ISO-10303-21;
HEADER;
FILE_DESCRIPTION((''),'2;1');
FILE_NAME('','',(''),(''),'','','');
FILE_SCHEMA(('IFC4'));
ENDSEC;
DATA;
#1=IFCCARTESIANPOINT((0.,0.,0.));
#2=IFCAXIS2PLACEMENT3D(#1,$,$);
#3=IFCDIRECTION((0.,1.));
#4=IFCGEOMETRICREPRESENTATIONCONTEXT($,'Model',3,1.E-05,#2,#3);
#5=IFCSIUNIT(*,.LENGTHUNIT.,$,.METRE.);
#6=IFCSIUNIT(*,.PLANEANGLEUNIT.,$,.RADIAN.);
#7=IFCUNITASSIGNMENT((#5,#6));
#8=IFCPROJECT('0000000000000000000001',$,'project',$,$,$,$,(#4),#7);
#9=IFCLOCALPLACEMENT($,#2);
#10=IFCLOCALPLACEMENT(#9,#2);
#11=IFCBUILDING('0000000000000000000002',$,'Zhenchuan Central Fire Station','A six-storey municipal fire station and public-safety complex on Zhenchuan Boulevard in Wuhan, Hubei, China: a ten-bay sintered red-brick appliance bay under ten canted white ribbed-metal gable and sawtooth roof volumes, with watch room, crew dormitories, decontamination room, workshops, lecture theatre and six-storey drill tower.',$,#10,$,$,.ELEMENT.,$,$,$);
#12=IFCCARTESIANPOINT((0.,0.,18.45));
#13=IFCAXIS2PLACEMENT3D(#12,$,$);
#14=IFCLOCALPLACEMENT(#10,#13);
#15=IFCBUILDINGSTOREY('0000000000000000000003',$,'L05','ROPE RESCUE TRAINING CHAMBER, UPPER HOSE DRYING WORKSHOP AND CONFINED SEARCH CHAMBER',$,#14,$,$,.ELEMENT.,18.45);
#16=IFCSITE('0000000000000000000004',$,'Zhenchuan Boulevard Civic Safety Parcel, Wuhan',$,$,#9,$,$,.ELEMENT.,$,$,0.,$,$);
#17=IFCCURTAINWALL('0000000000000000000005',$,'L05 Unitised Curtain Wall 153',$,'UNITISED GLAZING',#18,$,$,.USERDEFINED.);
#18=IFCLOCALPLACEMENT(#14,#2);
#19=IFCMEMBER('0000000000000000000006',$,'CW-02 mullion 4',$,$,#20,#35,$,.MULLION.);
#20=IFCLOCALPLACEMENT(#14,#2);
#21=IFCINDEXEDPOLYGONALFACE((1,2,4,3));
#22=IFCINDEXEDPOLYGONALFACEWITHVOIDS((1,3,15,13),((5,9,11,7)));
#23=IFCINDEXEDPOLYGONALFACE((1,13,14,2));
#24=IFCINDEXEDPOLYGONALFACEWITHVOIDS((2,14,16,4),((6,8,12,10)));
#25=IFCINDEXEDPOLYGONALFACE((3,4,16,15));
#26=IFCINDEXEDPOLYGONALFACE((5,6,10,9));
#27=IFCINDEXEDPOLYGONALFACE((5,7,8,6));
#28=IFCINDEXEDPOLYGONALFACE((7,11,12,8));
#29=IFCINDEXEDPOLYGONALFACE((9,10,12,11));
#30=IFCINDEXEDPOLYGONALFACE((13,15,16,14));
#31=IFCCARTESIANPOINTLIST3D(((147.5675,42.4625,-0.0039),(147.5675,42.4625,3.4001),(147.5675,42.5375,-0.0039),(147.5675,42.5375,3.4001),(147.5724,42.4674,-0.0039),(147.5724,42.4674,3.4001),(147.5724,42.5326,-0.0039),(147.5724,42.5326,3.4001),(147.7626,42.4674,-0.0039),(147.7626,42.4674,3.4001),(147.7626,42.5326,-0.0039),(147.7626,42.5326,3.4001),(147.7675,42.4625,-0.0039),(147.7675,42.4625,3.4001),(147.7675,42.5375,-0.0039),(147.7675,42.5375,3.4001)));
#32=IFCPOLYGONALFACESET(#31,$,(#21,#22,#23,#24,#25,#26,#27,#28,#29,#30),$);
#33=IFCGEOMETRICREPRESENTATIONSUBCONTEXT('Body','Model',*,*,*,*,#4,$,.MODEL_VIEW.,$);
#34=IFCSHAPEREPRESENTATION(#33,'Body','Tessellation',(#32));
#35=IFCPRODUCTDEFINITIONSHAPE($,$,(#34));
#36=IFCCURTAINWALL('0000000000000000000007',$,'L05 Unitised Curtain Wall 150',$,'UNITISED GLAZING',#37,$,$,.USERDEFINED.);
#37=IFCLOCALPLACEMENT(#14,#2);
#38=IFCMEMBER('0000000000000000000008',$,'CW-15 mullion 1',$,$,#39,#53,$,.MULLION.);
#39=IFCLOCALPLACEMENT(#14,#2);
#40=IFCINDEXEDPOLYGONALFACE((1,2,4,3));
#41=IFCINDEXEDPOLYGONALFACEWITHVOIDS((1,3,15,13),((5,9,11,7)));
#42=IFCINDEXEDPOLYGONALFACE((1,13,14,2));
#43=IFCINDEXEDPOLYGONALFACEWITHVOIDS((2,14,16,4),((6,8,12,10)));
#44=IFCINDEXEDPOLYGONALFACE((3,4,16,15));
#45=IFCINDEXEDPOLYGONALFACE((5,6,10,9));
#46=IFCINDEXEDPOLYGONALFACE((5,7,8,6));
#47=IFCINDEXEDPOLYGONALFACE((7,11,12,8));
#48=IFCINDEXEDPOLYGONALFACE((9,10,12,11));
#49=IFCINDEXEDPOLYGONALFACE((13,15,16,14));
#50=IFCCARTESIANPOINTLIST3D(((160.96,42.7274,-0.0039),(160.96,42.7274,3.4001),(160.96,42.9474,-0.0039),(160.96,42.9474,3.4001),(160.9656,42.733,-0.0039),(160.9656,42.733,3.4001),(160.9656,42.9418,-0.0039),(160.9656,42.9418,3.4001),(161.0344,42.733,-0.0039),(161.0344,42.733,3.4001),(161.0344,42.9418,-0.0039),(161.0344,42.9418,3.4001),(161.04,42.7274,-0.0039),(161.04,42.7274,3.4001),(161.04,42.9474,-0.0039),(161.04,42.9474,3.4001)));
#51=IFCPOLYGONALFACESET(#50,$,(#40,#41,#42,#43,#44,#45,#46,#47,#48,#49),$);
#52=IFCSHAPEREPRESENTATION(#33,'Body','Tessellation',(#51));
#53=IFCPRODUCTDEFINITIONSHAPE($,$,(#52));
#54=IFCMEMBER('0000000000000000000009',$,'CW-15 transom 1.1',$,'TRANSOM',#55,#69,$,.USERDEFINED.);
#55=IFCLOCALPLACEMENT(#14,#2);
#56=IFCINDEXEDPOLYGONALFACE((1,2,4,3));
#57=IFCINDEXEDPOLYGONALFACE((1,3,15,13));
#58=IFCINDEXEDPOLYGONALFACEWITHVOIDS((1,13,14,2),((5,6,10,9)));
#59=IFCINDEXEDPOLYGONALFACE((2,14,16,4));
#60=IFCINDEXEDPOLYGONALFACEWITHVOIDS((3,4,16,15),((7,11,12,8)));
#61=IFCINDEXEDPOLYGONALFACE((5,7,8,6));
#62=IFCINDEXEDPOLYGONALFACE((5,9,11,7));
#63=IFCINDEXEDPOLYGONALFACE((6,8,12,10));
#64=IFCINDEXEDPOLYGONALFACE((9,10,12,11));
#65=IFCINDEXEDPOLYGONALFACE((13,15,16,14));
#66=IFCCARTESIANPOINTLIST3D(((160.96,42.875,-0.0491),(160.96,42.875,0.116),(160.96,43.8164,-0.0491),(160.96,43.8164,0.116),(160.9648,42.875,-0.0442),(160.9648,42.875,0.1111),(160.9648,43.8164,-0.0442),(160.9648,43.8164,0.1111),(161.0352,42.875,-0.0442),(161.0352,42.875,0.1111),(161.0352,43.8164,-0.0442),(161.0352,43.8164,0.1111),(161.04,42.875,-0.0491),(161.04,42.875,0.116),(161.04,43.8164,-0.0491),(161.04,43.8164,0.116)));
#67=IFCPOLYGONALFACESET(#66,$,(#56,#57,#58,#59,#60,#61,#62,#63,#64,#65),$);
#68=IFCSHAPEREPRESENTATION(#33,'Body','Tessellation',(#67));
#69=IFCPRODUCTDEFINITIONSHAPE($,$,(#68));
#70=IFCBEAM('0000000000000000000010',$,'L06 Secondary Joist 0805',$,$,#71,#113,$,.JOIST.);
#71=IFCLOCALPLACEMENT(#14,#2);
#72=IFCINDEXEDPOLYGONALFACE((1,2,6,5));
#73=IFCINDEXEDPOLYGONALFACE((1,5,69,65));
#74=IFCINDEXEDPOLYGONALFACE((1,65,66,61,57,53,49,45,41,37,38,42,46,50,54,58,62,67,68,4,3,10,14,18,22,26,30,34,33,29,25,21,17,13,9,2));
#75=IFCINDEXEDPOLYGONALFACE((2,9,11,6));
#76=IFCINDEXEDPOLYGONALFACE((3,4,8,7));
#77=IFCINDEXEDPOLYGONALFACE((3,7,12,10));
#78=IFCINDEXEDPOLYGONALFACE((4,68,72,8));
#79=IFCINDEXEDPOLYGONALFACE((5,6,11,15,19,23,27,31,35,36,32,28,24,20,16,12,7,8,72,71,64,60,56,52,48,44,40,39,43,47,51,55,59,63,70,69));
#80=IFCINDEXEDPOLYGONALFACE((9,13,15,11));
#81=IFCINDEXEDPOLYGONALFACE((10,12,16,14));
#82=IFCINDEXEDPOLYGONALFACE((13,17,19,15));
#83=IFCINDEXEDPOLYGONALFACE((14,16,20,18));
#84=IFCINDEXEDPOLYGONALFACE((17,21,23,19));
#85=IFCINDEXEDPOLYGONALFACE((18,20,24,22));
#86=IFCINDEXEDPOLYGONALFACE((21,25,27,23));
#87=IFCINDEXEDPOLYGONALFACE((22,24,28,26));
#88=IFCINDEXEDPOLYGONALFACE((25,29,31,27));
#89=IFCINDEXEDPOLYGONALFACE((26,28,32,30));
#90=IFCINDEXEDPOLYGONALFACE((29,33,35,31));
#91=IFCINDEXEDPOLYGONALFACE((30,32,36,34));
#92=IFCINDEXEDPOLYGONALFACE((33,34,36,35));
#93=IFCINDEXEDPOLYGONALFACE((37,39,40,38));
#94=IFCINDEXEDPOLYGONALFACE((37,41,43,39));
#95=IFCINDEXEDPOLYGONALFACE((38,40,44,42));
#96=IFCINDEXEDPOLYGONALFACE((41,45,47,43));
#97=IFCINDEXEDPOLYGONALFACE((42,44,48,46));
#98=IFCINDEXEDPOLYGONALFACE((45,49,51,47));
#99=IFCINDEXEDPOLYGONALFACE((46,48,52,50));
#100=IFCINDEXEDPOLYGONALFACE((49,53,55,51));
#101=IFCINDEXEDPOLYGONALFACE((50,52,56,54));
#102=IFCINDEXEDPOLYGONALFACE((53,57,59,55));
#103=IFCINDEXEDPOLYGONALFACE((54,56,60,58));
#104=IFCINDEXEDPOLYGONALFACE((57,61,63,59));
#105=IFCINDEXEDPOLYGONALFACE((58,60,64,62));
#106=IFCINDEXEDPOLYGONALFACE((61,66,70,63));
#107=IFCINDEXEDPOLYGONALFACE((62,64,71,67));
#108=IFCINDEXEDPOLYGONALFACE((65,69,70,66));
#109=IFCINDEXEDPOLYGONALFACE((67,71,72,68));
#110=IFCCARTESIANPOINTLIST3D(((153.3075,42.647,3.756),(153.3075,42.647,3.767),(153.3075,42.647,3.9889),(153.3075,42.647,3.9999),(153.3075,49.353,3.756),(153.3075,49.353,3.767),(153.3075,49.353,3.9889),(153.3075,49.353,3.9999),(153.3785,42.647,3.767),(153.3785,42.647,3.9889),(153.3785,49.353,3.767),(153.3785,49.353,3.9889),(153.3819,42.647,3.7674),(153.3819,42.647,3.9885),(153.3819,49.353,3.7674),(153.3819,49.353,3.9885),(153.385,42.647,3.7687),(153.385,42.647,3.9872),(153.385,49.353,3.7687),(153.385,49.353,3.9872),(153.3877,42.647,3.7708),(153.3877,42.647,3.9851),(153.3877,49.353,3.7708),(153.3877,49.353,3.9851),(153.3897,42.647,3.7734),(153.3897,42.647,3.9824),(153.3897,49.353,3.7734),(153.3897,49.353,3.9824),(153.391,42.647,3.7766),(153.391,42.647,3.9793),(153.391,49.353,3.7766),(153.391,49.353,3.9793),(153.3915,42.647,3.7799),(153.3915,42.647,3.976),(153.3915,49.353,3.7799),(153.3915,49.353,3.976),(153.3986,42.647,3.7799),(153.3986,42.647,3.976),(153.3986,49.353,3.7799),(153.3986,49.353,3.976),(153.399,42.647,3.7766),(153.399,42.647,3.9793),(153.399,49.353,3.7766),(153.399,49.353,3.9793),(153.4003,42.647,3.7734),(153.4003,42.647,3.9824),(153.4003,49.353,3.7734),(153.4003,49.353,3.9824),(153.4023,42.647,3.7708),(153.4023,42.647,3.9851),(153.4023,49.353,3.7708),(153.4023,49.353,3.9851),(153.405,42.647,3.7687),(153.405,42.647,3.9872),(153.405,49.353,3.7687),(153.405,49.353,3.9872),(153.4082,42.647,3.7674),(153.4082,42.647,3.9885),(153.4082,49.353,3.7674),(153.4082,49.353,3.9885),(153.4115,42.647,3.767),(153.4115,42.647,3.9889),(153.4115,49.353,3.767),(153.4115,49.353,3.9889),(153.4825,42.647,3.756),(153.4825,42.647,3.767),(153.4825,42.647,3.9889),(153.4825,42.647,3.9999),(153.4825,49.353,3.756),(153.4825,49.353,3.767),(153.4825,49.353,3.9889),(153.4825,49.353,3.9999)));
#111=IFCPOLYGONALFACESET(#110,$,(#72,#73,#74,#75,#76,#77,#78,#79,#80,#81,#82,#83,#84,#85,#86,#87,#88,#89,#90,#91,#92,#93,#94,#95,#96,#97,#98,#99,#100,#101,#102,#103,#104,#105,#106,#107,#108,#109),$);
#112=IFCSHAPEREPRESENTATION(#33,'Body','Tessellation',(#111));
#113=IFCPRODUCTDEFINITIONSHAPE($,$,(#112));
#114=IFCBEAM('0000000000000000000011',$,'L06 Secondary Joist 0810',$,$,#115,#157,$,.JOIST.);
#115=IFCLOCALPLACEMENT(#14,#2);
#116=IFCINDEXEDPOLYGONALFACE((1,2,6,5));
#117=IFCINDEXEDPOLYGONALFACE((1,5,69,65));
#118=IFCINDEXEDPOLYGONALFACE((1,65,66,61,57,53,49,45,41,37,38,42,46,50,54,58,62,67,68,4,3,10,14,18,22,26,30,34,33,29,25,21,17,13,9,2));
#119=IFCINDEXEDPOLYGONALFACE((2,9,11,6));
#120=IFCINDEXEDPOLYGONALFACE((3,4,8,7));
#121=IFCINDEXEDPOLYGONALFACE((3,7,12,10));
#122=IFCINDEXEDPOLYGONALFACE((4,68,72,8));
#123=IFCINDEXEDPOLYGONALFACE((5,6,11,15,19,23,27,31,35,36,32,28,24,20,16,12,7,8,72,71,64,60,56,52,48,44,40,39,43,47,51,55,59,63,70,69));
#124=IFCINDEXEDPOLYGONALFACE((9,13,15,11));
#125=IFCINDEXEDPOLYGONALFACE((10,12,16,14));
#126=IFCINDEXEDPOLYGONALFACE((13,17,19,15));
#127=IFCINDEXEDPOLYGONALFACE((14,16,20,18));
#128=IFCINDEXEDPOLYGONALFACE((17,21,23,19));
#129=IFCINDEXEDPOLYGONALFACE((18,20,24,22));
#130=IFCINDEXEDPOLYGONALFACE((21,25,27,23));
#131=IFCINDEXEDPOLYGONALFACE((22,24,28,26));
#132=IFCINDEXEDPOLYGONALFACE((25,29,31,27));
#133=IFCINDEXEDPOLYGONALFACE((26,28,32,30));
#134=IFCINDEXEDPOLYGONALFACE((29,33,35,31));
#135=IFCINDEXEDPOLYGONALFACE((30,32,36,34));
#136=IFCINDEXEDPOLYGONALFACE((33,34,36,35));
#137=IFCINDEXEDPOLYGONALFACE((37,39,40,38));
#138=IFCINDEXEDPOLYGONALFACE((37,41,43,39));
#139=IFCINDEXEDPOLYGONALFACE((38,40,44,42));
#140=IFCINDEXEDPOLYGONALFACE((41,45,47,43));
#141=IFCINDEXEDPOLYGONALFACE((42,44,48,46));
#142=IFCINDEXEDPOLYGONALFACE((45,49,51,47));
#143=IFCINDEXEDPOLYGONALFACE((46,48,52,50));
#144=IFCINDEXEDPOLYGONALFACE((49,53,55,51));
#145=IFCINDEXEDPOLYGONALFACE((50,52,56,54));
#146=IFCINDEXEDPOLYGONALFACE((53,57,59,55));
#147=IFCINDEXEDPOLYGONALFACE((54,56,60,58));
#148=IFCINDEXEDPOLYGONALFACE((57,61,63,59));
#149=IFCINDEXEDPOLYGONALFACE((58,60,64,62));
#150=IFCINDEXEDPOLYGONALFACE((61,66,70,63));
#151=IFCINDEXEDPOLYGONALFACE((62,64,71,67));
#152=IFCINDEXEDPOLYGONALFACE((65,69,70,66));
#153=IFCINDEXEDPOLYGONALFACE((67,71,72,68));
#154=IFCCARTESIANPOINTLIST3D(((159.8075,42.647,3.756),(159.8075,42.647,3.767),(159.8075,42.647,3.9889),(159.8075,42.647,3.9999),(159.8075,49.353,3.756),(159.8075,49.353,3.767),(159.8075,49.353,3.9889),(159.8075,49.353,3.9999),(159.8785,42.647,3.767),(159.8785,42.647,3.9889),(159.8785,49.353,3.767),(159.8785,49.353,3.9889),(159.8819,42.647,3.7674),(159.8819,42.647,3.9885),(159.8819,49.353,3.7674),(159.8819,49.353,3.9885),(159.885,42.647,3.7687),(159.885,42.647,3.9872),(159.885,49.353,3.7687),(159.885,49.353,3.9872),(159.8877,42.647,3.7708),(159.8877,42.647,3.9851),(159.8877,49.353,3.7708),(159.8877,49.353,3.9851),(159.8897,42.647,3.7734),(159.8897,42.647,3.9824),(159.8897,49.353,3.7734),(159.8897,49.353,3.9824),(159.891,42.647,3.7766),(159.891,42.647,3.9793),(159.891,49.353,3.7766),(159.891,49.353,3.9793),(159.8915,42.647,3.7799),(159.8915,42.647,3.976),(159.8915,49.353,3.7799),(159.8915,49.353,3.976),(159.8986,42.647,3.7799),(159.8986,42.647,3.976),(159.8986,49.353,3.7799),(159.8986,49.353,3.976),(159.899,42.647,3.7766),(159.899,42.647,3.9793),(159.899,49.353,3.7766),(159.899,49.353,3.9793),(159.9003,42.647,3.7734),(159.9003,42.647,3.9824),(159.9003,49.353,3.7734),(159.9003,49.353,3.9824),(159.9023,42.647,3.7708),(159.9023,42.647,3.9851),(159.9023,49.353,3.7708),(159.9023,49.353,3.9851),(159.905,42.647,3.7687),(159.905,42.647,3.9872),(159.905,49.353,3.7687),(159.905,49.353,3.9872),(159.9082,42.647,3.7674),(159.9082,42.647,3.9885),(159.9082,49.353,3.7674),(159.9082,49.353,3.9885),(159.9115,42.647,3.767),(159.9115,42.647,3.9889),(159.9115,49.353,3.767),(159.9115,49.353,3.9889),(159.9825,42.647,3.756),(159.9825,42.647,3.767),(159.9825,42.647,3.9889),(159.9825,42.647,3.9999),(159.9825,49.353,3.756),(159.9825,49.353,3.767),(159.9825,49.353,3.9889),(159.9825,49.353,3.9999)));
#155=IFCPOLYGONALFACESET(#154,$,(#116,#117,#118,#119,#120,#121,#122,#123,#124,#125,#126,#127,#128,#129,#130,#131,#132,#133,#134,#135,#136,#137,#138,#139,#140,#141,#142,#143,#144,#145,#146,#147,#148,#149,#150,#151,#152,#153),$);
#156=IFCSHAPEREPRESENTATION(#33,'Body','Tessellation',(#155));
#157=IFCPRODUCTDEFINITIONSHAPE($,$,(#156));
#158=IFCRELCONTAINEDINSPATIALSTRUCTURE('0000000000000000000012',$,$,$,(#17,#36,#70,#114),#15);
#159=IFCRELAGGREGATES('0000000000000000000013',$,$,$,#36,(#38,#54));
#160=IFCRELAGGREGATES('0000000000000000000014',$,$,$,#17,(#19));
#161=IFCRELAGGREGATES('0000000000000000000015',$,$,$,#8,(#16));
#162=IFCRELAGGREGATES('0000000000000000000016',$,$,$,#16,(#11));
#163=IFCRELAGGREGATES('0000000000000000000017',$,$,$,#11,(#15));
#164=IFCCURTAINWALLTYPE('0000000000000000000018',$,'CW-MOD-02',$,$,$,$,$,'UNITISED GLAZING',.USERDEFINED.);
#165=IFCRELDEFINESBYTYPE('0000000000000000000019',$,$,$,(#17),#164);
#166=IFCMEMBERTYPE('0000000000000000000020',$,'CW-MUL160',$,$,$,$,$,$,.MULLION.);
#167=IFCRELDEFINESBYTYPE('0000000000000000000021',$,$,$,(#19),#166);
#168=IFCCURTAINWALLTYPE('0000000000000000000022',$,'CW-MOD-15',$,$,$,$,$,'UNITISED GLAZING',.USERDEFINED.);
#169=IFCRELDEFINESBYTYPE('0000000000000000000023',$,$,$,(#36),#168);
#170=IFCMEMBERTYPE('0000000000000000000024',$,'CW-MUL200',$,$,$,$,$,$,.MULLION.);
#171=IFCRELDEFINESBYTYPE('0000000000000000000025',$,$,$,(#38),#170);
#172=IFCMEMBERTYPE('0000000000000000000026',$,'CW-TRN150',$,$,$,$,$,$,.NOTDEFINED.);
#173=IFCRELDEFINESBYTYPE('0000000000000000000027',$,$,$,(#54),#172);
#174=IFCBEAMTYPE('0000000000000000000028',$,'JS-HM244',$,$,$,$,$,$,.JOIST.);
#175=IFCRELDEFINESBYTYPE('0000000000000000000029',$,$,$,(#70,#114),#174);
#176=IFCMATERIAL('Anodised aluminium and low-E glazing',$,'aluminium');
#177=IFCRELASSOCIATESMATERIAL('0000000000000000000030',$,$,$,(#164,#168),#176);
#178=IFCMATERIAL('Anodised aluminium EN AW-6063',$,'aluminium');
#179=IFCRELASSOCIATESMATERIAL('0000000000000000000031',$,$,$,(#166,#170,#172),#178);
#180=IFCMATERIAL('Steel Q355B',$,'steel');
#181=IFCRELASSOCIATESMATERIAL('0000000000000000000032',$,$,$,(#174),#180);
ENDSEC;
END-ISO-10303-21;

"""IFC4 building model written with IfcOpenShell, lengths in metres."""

from ifc_helpers import new_model, si_unit, direction, frame, origin, origin_2d, place, context, subcontext, project, spatial, hollow_rectangle, i_section, extrude, material, material_profile, profile_set, type_object, element, aggregate, save


model = new_model("IFC4")

# Units and contexts
model_context = context("Model", 3, precision=1e-05, world=origin(), true_north=direction((0.0, 1.0)))
body_context = subcontext(model_context, "Body", "Model", "MODEL_VIEW")
ifc_project = project(units=[si_unit("LENGTHUNIT", "METRE"), si_unit("PLANEANGLEUNIT", "RADIAN")], contexts=[model_context])

# Site, building, storey
site_placement = place(None, origin())
site = spatial("IfcSite", under=ifc_project, at=site_placement, Name="Zhenchuan Boulevard Civic Safety Parcel, Wuhan", CompositionType="ELEMENT", RefElevation=0.0)
building_placement = place(site_placement, origin())
building = spatial("IfcBuilding", under=site, at=building_placement, Name="Zhenchuan Central Fire Station", Description="A six-storey municipal fire station and public-safety complex on Zhenchuan Boulevard in Wuhan, Hubei, China: a ten-bay sintered red-brick appliance bay under ten canted white ribbed-metal gable and sawtooth roof volumes, with watch room, crew dormitories, decontamination room, workshops, lecture theatre and six-storey drill tower.", CompositionType="ELEMENT")
storey_placement = place(building_placement, frame((0.0, 0.0, 18.45)))
storey = spatial("IfcBuildingStorey", under=building, at=storey_placement, Name="L05", Description="ROPE RESCUE TRAINING CHAMBER, UPPER HOSE DRYING WORKSHOP AND CONFINED SEARCH CHAMBER", CompositionType="ELEMENT", Elevation=18.45)

# Shared definitions
ifc_material_1 = material(Name="Steel Q355B", Category="steel")

# Curtain wall, member
ifc_material_2 = material(Name="Anodised aluminium and low-E glazing", Category="aluminium")
curtain_wall_type_1 = type_object("IfcCurtainWallType", Name="CW-MOD-02", ElementType="UNITISED GLAZING", PredefinedType="USERDEFINED", material=ifc_material_2)
curtain_wall_1_placement = place(storey_placement, origin())
curtain_wall_1 = element("IfcCurtainWall", 1, at=curtain_wall_1_placement, inside=storey, type_object=curtain_wall_type_1, Name="L05 Unitised Curtain Wall 153", ObjectType="UNITISED GLAZING", PredefinedType="USERDEFINED")
ifc_material_3 = material(Name="Anodised aluminium EN AW-6063", Category="aluminium")
ifc_material_profile_1 = material_profile(ifc_material_3, hollow_rectangle(XDim=0.075, YDim=0.2, WallThickness=0.0049, at=origin_2d()), Name="ALU-M 200x75")
ifc_profile_set_1 = profile_set([ifc_material_profile_1], Name="Anodised aluminium EN AW-6063")
member_type_1 = type_object("IfcMemberType", Name="CW-MUL160", PredefinedType="MULLION", material=ifc_profile_set_1)
member_1_placement = place(storey_placement, frame((147.6675, 42.5, -0.0039), z_axis=(0.0, 0.0, 1.0), x_axis=(0.0, 1.0, 0.0)))
member_1 = element("IfcMember", 2, at=member_1_placement, type_object=member_type_1, Name="CW-02 mullion 4", PredefinedType="MULLION", context=body_context, shape_type="SweptSolid", body=[
    extrude(hollow_rectangle(XDim=0.075, YDim=0.2, WallThickness=0.0049, at=origin_2d()), origin(), (0.0, 0.0, 1.0), 3.4041),
])

# Curtain wall, members
curtain_wall_type_2 = type_object("IfcCurtainWallType", Name="CW-MOD-15", ElementType="UNITISED GLAZING", PredefinedType="USERDEFINED", material=ifc_material_2)
curtain_wall_2_placement = place(storey_placement, origin())
curtain_wall_2 = element("IfcCurtainWall", 3, at=curtain_wall_2_placement, inside=storey, type_object=curtain_wall_type_2, Name="L05 Unitised Curtain Wall 150", ObjectType="UNITISED GLAZING", PredefinedType="USERDEFINED")
ifc_material_profile_2 = material_profile(ifc_material_3, hollow_rectangle(XDim=0.0801, YDim=0.22, WallThickness=0.0056, at=origin_2d()), Name="ALU-M 220x80")
ifc_profile_set_2 = profile_set([ifc_material_profile_2], Name="Anodised aluminium EN AW-6063")
member_type_2 = type_object("IfcMemberType", Name="CW-MUL200", PredefinedType="MULLION", material=ifc_profile_set_2)
member_2_placement = place(storey_placement, frame((161.0, 42.8374, -0.0039), z_axis=(0.0, 0.0, 1.0), x_axis=(-1.0, 0.0, 0.0)))
member_2 = element("IfcMember", 4, at=member_2_placement, type_object=member_type_2, Name="CW-15 mullion 1", PredefinedType="MULLION", context=body_context, shape_type="SweptSolid", body=[
    extrude(hollow_rectangle(XDim=0.0801, YDim=0.22, WallThickness=0.0056, at=origin_2d()), origin(), (0.0, 0.0, 1.0), 3.4041),
])
ifc_material_profile_3 = material_profile(ifc_material_3, hollow_rectangle(XDim=0.0801, YDim=0.165, WallThickness=0.0049, at=origin_2d()), Name="ALU-T 165x80")
ifc_profile_set_3 = profile_set([ifc_material_profile_3], Name="Anodised aluminium EN AW-6063")
member_type_3 = type_object("IfcMemberType", Name="CW-TRN150", PredefinedType="NOTDEFINED", material=ifc_profile_set_3)
member_3_placement = place(storey_placement, frame((161.0, 42.875, 0.0334), z_axis=(0.0, 1.0, 0.0), x_axis=(-1.0, 0.0, 0.0)))
member_3 = element("IfcMember", 5, at=member_3_placement, type_object=member_type_3, Name="CW-15 transom 1.1", ObjectType="TRANSOM", PredefinedType="USERDEFINED", context=body_context, shape_type="SweptSolid", body=[
    extrude(hollow_rectangle(XDim=0.0801, YDim=0.165, WallThickness=0.0049, at=origin_2d()), origin(), (0.0, 0.0, 1.0), 0.9414),
])
aggregate(curtain_wall_2, [member_2, member_3])

# Beams
ifc_material_profile_4 = material_profile(ifc_material_1, i_section(OverallWidth=0.175, OverallDepth=0.2439, WebThickness=0.0071, FlangeThickness=0.011, FilletRadius=0.0129, at=origin_2d()), Name="HM 244x175")
ifc_profile_set_4 = profile_set([ifc_material_profile_4], Name="Steel Q355B")
beam_type_1 = type_object("IfcBeamType", Name="JS-HM244", PredefinedType="JOIST", material=ifc_profile_set_4)
for number, where, z_axis, x_axis, name in (
    (6, (153.395, 42.647, 3.8779), (0.0, 1.0, 0.0), (-1.0, 0.0, 0.0), "L06 Secondary Joist 0805"),
    (7, (159.895, 42.647, 3.8779), (0.0, 1.0, 0.0), (-1.0, 0.0, 0.0), "L06 Secondary Joist 0810"),
):
    element("IfcBeam", number, at=place(storey_placement, frame(where, z_axis=z_axis, x_axis=x_axis)), inside=storey, type_object=beam_type_1, Name=name, PredefinedType="JOIST", context=body_context, shape_type="SweptSolid", body=[
        extrude(i_section(OverallWidth=0.175, OverallDepth=0.2439, WebThickness=0.0071, FlangeThickness=0.011, FilletRadius=0.0129, at=origin_2d()), origin(), (0.0, 0.0, 1.0), 6.7061),
    ])

aggregate(curtain_wall_1, [member_1])

save(model, "model.ifc")
